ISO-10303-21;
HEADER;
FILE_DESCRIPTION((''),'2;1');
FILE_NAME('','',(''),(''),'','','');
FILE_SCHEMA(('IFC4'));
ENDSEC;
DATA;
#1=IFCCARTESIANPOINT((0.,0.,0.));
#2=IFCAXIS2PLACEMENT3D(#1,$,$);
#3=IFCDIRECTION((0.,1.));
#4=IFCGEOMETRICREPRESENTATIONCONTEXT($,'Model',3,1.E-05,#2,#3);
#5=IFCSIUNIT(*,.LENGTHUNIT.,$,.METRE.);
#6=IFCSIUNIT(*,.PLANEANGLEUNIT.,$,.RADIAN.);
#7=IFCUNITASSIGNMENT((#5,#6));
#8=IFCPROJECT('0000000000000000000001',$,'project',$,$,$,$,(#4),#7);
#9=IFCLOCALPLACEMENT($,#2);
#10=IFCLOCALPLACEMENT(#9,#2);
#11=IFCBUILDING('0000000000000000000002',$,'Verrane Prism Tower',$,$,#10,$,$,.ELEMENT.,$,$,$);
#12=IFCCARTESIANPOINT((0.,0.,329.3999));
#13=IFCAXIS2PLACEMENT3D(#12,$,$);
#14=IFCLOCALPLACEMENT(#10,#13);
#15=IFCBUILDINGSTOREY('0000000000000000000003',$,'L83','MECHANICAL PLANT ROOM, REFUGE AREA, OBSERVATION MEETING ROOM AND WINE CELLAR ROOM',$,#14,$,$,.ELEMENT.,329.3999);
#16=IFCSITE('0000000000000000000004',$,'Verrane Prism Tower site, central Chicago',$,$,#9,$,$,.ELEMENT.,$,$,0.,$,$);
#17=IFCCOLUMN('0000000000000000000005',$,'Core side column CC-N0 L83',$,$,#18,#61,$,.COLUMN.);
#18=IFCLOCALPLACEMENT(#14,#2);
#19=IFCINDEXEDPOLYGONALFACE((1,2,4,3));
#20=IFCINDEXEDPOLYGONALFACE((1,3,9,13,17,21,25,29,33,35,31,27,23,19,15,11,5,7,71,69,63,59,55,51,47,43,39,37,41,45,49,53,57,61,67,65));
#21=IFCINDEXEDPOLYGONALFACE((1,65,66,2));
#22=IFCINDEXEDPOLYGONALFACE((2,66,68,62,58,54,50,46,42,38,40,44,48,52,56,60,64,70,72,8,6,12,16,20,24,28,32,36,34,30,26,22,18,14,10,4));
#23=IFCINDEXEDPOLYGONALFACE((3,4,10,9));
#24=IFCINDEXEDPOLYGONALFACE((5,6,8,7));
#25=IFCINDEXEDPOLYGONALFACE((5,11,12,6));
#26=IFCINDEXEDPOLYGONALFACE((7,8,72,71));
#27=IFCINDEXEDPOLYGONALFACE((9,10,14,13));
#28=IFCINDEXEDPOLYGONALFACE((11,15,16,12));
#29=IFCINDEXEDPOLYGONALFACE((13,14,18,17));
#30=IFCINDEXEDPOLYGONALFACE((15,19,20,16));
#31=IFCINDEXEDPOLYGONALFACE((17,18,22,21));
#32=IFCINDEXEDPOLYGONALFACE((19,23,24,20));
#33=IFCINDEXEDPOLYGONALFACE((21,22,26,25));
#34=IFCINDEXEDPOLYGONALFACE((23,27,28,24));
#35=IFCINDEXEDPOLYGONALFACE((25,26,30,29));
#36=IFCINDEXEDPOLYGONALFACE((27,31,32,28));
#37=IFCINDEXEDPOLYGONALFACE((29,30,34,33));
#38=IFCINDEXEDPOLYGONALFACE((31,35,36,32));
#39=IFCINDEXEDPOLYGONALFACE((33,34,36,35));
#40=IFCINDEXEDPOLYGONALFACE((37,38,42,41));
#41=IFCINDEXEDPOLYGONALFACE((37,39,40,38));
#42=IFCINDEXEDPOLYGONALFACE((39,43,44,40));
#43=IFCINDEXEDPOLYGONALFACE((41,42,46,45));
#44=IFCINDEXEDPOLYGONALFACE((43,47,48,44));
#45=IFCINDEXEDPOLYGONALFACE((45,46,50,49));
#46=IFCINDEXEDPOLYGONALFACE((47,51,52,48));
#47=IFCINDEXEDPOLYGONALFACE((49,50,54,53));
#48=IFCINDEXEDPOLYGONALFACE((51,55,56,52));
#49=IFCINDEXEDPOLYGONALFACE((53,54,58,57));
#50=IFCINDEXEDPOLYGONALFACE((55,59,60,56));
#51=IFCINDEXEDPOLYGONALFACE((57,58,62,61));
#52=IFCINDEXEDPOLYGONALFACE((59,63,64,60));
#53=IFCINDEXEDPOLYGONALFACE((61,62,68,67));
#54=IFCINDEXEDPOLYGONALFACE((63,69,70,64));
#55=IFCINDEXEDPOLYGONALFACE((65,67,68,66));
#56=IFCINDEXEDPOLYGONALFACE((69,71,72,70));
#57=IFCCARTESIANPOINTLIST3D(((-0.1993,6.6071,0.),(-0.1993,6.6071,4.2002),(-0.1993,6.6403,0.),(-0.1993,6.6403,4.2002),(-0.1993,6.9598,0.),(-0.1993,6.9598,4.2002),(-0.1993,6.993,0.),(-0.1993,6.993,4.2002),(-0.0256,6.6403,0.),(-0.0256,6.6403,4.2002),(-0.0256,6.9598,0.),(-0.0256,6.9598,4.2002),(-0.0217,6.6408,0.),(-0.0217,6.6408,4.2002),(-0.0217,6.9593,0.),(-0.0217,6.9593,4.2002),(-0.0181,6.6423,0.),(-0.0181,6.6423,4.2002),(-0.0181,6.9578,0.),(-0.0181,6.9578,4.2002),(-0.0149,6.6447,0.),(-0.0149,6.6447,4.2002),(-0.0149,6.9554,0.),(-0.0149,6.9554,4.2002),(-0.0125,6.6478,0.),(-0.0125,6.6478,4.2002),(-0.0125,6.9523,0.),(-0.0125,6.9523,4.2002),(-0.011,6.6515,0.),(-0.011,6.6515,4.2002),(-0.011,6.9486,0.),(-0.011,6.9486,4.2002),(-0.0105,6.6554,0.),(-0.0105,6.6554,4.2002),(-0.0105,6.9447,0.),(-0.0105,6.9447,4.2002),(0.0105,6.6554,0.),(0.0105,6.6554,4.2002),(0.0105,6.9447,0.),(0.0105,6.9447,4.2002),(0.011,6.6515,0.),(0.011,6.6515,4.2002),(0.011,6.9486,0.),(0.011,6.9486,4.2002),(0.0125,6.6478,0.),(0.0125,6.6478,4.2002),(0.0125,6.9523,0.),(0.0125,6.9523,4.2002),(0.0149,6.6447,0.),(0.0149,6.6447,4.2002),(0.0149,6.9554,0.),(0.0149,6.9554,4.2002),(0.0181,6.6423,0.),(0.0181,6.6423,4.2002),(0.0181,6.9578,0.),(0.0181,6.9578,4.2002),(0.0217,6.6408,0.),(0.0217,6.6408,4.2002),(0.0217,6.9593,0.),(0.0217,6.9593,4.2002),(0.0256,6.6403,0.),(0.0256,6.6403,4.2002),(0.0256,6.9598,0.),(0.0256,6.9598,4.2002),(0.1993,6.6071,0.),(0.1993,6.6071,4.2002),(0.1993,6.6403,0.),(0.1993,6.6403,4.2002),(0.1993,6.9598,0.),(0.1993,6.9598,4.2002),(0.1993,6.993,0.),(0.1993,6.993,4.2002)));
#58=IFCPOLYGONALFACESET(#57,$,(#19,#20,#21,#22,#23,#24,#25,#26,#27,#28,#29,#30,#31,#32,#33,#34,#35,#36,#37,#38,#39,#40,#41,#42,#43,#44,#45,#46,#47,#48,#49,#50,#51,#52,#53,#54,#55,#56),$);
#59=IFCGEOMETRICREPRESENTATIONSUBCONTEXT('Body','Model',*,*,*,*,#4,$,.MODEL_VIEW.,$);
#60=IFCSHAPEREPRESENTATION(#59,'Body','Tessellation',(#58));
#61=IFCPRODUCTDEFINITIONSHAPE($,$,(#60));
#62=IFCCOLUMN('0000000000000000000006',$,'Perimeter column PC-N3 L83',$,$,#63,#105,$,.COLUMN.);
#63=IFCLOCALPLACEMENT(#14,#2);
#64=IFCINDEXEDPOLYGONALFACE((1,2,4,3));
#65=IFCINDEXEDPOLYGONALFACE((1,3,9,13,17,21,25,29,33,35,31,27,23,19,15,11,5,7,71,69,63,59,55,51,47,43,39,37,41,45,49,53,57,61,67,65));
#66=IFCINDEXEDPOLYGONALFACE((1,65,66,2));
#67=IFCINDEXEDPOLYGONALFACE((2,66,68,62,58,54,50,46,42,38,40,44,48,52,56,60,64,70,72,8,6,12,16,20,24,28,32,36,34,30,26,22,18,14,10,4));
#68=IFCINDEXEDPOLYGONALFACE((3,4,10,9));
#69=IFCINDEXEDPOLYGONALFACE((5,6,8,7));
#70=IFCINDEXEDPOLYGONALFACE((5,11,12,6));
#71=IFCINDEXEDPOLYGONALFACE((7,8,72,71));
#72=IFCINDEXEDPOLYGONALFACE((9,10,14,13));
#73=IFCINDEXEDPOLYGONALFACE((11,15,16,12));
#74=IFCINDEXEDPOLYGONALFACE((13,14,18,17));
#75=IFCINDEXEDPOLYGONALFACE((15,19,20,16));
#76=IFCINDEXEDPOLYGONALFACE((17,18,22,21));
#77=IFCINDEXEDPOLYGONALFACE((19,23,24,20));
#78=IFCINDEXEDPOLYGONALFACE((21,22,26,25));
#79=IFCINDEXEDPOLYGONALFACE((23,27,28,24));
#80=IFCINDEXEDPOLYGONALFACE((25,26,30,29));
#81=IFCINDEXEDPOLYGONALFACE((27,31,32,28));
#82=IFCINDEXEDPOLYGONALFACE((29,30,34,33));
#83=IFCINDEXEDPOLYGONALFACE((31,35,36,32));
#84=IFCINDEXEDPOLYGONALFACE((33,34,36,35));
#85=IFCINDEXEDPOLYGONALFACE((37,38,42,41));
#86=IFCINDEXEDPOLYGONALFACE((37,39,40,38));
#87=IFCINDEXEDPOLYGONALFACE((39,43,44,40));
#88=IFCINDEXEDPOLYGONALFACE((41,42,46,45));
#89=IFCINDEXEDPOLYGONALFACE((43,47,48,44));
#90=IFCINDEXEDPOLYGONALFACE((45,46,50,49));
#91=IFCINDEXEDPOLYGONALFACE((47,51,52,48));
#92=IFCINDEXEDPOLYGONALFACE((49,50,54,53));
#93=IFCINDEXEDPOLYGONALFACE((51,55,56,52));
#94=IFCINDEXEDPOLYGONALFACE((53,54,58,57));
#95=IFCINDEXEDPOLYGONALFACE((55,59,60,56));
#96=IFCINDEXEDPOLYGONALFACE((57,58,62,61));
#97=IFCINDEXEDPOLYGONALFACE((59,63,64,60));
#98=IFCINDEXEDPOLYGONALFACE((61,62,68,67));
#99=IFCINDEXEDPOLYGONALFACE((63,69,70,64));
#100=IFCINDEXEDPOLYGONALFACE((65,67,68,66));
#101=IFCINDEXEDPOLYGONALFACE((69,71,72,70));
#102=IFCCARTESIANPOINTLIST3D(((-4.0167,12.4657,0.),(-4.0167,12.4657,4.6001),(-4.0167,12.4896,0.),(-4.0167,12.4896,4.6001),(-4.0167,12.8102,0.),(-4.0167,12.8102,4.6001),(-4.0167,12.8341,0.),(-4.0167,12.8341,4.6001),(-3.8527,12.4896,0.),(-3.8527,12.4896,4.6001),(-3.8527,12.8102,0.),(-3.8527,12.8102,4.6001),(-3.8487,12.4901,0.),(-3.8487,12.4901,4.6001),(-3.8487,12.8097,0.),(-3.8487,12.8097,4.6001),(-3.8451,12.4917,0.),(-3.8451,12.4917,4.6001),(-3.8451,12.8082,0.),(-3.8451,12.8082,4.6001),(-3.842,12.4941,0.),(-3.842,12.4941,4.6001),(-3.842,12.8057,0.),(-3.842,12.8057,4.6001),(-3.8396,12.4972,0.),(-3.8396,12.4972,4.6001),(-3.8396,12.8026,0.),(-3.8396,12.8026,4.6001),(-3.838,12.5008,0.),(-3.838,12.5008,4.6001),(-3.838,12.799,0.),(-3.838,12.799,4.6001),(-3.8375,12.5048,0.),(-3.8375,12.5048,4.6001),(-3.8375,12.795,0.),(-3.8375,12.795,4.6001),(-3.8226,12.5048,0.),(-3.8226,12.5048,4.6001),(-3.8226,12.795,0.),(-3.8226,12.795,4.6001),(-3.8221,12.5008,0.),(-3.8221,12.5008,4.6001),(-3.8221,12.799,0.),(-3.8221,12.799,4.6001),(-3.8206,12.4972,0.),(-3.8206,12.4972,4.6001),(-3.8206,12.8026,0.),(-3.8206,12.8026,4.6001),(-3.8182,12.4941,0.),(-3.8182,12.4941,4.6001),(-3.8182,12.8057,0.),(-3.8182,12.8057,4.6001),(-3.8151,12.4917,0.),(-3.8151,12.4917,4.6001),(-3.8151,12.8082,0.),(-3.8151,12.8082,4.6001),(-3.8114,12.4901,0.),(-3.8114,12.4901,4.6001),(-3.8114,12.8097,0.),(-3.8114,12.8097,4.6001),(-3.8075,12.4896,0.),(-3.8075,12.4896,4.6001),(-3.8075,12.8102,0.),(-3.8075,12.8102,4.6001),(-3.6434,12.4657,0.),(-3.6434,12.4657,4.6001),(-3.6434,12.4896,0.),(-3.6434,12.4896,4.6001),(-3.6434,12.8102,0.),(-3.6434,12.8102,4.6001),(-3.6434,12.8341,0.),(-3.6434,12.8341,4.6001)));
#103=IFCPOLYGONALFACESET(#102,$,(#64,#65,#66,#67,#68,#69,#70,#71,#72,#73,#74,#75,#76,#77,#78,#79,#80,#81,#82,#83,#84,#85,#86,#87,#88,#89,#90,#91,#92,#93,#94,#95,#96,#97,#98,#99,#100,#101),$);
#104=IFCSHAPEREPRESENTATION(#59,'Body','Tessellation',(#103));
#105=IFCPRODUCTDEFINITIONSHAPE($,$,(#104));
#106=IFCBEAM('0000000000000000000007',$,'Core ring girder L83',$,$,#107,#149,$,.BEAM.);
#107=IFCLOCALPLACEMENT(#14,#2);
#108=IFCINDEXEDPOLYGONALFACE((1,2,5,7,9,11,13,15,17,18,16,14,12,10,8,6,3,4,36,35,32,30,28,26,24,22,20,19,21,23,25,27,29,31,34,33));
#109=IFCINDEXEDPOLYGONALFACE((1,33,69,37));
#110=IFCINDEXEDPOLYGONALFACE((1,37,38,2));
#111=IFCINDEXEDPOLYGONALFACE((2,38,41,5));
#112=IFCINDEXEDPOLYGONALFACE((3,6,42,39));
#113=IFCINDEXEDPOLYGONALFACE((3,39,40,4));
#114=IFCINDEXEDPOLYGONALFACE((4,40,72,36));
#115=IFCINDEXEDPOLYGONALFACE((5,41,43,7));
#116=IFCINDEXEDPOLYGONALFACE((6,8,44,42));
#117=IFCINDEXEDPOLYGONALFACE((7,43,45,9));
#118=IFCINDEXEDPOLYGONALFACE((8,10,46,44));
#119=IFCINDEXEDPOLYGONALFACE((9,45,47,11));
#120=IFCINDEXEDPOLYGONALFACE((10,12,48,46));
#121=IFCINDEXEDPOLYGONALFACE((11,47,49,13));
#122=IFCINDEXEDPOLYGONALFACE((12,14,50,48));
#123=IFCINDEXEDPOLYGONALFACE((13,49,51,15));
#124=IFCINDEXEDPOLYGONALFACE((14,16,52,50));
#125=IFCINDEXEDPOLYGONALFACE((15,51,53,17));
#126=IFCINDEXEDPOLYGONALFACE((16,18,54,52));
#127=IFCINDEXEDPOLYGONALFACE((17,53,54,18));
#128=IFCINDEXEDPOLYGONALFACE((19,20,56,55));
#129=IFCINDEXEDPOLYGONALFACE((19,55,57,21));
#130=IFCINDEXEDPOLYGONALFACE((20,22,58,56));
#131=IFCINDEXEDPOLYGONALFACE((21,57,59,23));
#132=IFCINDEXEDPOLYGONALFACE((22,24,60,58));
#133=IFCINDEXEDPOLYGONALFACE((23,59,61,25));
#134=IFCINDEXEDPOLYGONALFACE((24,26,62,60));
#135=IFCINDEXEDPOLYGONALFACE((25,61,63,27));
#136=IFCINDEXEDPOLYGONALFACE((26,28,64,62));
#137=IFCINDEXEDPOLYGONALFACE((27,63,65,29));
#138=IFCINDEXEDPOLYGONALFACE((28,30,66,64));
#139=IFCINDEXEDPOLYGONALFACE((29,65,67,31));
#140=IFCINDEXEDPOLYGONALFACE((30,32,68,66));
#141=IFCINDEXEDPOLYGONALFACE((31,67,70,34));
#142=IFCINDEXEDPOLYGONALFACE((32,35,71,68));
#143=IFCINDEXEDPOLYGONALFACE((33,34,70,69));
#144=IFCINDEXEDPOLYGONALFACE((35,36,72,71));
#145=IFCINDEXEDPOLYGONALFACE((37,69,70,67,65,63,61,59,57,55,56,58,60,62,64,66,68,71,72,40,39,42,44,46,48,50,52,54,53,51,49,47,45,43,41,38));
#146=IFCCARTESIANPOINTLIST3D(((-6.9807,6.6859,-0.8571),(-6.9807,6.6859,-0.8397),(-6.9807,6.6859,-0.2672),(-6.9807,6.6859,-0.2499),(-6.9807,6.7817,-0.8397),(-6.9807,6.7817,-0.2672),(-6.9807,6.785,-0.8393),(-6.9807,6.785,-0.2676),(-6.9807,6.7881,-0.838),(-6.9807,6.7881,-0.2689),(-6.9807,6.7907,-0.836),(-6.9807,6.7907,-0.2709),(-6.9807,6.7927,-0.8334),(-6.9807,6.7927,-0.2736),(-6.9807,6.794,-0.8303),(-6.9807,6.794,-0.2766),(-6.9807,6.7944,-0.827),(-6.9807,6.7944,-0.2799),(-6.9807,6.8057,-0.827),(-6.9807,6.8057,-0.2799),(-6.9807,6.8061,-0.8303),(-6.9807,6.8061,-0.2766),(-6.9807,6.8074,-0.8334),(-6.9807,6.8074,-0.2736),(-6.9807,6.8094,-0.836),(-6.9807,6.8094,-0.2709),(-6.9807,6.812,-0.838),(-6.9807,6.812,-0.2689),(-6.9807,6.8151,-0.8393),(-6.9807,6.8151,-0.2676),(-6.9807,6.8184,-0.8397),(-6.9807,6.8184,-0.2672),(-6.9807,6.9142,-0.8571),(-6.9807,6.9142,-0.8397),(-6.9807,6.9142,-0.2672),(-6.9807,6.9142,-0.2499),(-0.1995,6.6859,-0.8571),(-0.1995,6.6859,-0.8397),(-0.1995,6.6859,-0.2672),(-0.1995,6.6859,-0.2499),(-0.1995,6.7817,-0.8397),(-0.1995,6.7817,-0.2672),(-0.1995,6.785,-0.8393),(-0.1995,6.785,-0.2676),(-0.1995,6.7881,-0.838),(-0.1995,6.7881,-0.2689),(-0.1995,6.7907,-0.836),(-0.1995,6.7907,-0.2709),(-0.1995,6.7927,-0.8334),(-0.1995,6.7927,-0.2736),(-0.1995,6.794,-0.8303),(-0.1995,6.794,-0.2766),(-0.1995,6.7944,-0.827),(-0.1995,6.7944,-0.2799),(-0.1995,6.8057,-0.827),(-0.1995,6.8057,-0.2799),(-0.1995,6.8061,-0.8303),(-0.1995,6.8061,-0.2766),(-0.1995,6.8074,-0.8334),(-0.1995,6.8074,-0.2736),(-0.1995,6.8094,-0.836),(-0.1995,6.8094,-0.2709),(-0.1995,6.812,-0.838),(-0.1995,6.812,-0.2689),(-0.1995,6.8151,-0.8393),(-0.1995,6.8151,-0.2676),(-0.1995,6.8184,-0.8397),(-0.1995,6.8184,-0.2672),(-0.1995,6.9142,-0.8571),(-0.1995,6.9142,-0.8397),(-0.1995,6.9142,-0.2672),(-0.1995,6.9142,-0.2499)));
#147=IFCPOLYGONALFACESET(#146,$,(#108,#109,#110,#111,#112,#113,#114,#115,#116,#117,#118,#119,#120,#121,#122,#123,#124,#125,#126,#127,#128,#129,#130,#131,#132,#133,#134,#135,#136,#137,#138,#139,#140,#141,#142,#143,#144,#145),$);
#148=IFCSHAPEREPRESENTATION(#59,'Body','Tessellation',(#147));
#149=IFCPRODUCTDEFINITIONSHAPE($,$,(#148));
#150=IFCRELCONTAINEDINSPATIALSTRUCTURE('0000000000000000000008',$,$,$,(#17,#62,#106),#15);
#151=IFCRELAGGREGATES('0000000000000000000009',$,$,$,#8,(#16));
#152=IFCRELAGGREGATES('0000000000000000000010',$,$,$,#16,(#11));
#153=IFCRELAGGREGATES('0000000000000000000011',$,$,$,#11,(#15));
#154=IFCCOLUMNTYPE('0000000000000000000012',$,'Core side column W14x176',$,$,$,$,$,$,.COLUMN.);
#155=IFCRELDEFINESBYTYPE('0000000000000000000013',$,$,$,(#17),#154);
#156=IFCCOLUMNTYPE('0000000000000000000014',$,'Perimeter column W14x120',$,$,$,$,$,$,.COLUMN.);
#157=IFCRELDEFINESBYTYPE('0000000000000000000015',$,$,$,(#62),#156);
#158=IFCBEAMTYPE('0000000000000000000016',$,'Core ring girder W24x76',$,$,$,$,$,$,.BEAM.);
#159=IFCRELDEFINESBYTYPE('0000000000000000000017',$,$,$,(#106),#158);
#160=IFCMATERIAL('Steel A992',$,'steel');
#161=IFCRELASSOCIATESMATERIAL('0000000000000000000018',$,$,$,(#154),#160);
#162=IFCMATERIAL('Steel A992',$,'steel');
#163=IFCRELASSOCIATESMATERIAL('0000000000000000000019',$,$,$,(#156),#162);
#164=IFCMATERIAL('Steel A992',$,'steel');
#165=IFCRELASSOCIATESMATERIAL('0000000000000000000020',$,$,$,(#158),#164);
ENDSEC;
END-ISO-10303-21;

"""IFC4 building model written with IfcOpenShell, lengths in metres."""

from ifc_helpers import new_model, si_unit, direction, frame, origin, origin_2d, place, context, subcontext, project, spatial, i_section, extrude, material, material_profile, profile_set, type_object, element, save


model = new_model("IFC4")

# Units and contexts
model_context = context("Model", 3, precision=1e-05, world=origin(), true_north=direction((0.0, 1.0)))
body_context = subcontext(model_context, "Body", "Model", "MODEL_VIEW")
ifc_project = project(units=[si_unit("LENGTHUNIT", "METRE"), si_unit("PLANEANGLEUNIT", "RADIAN")], contexts=[model_context])

# Site, building, storey
site_placement = place(None, origin())
site = spatial("IfcSite", under=ifc_project, at=site_placement, Name="Verrane Prism Tower site, central Chicago", CompositionType="ELEMENT", RefElevation=0.0)
building_placement = place(site_placement, origin())
building = spatial("IfcBuilding", under=site, at=building_placement, Name="Verrane Prism Tower", CompositionType="ELEMENT")
storey_placement = place(building_placement, frame((0.0, 0.0, 329.3999)))
storey = spatial("IfcBuildingStorey", under=building, at=storey_placement, Name="L83", Description="MECHANICAL PLANT ROOM, REFUGE AREA, OBSERVATION MEETING ROOM AND WINE CELLAR ROOM", CompositionType="ELEMENT", Elevation=329.3999)

# Columns
ifc_material_1 = material(Name="Steel A992", Category="steel")
ifc_material_profile_1 = material_profile(ifc_material_1, i_section(OverallWidth=0.3987, OverallDepth=0.386, WebThickness=0.021, FlangeThickness=0.0332, FilletRadius=0.0151, at=origin_2d()), Name="W14x176")
ifc_profile_set_1 = profile_set([ifc_material_profile_1], Name="Steel A992")
column_type_1 = type_object("IfcColumnType", Name="Core side column W14x176", PredefinedType="COLUMN", material=ifc_profile_set_1)
column_1_placement = place(storey_placement, frame((0.0, 6.8, 0.0), z_axis=(0.0, 0.0, 1.0), x_axis=(1.0, 0.0, 0.0)))
element("IfcColumn", 1, at=column_1_placement, inside=storey, type_object=column_type_1, Name="Core side column CC-N0 L83", PredefinedType="COLUMN", context=body_context, shape_type="SweptSolid", body=[
    extrude(i_section(OverallWidth=0.3987, OverallDepth=0.386, WebThickness=0.021, FlangeThickness=0.0332, FilletRadius=0.0151, at=origin_2d()), origin(), (0.0, 0.0, 1.0), 4.2002),
])
ifc_material_2 = material(Name="Steel A992", Category="steel")
ifc_material_profile_2 = material_profile(ifc_material_2, i_section(OverallWidth=0.3733, OverallDepth=0.3684, WebThickness=0.0149, FlangeThickness=0.0239, FilletRadius=0.0151, at=origin_2d()), Name="W14x120")
ifc_profile_set_2 = profile_set([ifc_material_profile_2], Name="Steel A992")
column_type_2 = type_object("IfcColumnType", Name="Perimeter column W14x120", PredefinedType="COLUMN", material=ifc_profile_set_2)
column_2_placement = place(storey_placement, frame((-3.8301, 12.6499, 0.0), z_axis=(0.0, 0.0, 1.0), x_axis=(1.0, 0.0, 0.0)))
element("IfcColumn", 2, at=column_2_placement, inside=storey, type_object=column_type_2, Name="Perimeter column PC-N3 L83", PredefinedType="COLUMN", context=body_context, shape_type="SweptSolid", body=[
    extrude(i_section(OverallWidth=0.3733, OverallDepth=0.3684, WebThickness=0.0149, FlangeThickness=0.0239, FilletRadius=0.0151, at=origin_2d()), origin(), (0.0, 0.0, 1.0), 4.6001),
])

# Beam
ifc_material_3 = material(Name="Steel A992", Category="steel")
ifc_material_profile_3 = material_profile(ifc_material_3, i_section(OverallWidth=0.2283, OverallDepth=0.6072, WebThickness=0.0112, FlangeThickness=0.0173, FilletRadius=0.0127, at=origin_2d()), Name="W24x76")
ifc_profile_set_3 = profile_set([ifc_material_profile_3], Name="Steel A992")
beam_type_1 = type_object("IfcBeamType", Name="Core ring girder W24x76", PredefinedType="BEAM", material=ifc_profile_set_3)
beam_1_placement = place(storey_placement, frame((-0.1995, 6.8, -0.5535), z_axis=(-1.0, 0.0, 0.0), x_axis=(0.0, -1.0, 0.0)))
element("IfcBeam", 3, at=beam_1_placement, inside=storey, type_object=beam_type_1, Name="Core ring girder L83", PredefinedType="BEAM", context=body_context, shape_type="SweptSolid", body=[
    extrude(i_section(OverallWidth=0.2283, OverallDepth=0.6072, WebThickness=0.0112, FlangeThickness=0.0173, FilletRadius=0.0127, at=origin_2d()), origin(), (0.0, 0.0, 1.0), 6.7812),
])

save(model, "model.ifc")
